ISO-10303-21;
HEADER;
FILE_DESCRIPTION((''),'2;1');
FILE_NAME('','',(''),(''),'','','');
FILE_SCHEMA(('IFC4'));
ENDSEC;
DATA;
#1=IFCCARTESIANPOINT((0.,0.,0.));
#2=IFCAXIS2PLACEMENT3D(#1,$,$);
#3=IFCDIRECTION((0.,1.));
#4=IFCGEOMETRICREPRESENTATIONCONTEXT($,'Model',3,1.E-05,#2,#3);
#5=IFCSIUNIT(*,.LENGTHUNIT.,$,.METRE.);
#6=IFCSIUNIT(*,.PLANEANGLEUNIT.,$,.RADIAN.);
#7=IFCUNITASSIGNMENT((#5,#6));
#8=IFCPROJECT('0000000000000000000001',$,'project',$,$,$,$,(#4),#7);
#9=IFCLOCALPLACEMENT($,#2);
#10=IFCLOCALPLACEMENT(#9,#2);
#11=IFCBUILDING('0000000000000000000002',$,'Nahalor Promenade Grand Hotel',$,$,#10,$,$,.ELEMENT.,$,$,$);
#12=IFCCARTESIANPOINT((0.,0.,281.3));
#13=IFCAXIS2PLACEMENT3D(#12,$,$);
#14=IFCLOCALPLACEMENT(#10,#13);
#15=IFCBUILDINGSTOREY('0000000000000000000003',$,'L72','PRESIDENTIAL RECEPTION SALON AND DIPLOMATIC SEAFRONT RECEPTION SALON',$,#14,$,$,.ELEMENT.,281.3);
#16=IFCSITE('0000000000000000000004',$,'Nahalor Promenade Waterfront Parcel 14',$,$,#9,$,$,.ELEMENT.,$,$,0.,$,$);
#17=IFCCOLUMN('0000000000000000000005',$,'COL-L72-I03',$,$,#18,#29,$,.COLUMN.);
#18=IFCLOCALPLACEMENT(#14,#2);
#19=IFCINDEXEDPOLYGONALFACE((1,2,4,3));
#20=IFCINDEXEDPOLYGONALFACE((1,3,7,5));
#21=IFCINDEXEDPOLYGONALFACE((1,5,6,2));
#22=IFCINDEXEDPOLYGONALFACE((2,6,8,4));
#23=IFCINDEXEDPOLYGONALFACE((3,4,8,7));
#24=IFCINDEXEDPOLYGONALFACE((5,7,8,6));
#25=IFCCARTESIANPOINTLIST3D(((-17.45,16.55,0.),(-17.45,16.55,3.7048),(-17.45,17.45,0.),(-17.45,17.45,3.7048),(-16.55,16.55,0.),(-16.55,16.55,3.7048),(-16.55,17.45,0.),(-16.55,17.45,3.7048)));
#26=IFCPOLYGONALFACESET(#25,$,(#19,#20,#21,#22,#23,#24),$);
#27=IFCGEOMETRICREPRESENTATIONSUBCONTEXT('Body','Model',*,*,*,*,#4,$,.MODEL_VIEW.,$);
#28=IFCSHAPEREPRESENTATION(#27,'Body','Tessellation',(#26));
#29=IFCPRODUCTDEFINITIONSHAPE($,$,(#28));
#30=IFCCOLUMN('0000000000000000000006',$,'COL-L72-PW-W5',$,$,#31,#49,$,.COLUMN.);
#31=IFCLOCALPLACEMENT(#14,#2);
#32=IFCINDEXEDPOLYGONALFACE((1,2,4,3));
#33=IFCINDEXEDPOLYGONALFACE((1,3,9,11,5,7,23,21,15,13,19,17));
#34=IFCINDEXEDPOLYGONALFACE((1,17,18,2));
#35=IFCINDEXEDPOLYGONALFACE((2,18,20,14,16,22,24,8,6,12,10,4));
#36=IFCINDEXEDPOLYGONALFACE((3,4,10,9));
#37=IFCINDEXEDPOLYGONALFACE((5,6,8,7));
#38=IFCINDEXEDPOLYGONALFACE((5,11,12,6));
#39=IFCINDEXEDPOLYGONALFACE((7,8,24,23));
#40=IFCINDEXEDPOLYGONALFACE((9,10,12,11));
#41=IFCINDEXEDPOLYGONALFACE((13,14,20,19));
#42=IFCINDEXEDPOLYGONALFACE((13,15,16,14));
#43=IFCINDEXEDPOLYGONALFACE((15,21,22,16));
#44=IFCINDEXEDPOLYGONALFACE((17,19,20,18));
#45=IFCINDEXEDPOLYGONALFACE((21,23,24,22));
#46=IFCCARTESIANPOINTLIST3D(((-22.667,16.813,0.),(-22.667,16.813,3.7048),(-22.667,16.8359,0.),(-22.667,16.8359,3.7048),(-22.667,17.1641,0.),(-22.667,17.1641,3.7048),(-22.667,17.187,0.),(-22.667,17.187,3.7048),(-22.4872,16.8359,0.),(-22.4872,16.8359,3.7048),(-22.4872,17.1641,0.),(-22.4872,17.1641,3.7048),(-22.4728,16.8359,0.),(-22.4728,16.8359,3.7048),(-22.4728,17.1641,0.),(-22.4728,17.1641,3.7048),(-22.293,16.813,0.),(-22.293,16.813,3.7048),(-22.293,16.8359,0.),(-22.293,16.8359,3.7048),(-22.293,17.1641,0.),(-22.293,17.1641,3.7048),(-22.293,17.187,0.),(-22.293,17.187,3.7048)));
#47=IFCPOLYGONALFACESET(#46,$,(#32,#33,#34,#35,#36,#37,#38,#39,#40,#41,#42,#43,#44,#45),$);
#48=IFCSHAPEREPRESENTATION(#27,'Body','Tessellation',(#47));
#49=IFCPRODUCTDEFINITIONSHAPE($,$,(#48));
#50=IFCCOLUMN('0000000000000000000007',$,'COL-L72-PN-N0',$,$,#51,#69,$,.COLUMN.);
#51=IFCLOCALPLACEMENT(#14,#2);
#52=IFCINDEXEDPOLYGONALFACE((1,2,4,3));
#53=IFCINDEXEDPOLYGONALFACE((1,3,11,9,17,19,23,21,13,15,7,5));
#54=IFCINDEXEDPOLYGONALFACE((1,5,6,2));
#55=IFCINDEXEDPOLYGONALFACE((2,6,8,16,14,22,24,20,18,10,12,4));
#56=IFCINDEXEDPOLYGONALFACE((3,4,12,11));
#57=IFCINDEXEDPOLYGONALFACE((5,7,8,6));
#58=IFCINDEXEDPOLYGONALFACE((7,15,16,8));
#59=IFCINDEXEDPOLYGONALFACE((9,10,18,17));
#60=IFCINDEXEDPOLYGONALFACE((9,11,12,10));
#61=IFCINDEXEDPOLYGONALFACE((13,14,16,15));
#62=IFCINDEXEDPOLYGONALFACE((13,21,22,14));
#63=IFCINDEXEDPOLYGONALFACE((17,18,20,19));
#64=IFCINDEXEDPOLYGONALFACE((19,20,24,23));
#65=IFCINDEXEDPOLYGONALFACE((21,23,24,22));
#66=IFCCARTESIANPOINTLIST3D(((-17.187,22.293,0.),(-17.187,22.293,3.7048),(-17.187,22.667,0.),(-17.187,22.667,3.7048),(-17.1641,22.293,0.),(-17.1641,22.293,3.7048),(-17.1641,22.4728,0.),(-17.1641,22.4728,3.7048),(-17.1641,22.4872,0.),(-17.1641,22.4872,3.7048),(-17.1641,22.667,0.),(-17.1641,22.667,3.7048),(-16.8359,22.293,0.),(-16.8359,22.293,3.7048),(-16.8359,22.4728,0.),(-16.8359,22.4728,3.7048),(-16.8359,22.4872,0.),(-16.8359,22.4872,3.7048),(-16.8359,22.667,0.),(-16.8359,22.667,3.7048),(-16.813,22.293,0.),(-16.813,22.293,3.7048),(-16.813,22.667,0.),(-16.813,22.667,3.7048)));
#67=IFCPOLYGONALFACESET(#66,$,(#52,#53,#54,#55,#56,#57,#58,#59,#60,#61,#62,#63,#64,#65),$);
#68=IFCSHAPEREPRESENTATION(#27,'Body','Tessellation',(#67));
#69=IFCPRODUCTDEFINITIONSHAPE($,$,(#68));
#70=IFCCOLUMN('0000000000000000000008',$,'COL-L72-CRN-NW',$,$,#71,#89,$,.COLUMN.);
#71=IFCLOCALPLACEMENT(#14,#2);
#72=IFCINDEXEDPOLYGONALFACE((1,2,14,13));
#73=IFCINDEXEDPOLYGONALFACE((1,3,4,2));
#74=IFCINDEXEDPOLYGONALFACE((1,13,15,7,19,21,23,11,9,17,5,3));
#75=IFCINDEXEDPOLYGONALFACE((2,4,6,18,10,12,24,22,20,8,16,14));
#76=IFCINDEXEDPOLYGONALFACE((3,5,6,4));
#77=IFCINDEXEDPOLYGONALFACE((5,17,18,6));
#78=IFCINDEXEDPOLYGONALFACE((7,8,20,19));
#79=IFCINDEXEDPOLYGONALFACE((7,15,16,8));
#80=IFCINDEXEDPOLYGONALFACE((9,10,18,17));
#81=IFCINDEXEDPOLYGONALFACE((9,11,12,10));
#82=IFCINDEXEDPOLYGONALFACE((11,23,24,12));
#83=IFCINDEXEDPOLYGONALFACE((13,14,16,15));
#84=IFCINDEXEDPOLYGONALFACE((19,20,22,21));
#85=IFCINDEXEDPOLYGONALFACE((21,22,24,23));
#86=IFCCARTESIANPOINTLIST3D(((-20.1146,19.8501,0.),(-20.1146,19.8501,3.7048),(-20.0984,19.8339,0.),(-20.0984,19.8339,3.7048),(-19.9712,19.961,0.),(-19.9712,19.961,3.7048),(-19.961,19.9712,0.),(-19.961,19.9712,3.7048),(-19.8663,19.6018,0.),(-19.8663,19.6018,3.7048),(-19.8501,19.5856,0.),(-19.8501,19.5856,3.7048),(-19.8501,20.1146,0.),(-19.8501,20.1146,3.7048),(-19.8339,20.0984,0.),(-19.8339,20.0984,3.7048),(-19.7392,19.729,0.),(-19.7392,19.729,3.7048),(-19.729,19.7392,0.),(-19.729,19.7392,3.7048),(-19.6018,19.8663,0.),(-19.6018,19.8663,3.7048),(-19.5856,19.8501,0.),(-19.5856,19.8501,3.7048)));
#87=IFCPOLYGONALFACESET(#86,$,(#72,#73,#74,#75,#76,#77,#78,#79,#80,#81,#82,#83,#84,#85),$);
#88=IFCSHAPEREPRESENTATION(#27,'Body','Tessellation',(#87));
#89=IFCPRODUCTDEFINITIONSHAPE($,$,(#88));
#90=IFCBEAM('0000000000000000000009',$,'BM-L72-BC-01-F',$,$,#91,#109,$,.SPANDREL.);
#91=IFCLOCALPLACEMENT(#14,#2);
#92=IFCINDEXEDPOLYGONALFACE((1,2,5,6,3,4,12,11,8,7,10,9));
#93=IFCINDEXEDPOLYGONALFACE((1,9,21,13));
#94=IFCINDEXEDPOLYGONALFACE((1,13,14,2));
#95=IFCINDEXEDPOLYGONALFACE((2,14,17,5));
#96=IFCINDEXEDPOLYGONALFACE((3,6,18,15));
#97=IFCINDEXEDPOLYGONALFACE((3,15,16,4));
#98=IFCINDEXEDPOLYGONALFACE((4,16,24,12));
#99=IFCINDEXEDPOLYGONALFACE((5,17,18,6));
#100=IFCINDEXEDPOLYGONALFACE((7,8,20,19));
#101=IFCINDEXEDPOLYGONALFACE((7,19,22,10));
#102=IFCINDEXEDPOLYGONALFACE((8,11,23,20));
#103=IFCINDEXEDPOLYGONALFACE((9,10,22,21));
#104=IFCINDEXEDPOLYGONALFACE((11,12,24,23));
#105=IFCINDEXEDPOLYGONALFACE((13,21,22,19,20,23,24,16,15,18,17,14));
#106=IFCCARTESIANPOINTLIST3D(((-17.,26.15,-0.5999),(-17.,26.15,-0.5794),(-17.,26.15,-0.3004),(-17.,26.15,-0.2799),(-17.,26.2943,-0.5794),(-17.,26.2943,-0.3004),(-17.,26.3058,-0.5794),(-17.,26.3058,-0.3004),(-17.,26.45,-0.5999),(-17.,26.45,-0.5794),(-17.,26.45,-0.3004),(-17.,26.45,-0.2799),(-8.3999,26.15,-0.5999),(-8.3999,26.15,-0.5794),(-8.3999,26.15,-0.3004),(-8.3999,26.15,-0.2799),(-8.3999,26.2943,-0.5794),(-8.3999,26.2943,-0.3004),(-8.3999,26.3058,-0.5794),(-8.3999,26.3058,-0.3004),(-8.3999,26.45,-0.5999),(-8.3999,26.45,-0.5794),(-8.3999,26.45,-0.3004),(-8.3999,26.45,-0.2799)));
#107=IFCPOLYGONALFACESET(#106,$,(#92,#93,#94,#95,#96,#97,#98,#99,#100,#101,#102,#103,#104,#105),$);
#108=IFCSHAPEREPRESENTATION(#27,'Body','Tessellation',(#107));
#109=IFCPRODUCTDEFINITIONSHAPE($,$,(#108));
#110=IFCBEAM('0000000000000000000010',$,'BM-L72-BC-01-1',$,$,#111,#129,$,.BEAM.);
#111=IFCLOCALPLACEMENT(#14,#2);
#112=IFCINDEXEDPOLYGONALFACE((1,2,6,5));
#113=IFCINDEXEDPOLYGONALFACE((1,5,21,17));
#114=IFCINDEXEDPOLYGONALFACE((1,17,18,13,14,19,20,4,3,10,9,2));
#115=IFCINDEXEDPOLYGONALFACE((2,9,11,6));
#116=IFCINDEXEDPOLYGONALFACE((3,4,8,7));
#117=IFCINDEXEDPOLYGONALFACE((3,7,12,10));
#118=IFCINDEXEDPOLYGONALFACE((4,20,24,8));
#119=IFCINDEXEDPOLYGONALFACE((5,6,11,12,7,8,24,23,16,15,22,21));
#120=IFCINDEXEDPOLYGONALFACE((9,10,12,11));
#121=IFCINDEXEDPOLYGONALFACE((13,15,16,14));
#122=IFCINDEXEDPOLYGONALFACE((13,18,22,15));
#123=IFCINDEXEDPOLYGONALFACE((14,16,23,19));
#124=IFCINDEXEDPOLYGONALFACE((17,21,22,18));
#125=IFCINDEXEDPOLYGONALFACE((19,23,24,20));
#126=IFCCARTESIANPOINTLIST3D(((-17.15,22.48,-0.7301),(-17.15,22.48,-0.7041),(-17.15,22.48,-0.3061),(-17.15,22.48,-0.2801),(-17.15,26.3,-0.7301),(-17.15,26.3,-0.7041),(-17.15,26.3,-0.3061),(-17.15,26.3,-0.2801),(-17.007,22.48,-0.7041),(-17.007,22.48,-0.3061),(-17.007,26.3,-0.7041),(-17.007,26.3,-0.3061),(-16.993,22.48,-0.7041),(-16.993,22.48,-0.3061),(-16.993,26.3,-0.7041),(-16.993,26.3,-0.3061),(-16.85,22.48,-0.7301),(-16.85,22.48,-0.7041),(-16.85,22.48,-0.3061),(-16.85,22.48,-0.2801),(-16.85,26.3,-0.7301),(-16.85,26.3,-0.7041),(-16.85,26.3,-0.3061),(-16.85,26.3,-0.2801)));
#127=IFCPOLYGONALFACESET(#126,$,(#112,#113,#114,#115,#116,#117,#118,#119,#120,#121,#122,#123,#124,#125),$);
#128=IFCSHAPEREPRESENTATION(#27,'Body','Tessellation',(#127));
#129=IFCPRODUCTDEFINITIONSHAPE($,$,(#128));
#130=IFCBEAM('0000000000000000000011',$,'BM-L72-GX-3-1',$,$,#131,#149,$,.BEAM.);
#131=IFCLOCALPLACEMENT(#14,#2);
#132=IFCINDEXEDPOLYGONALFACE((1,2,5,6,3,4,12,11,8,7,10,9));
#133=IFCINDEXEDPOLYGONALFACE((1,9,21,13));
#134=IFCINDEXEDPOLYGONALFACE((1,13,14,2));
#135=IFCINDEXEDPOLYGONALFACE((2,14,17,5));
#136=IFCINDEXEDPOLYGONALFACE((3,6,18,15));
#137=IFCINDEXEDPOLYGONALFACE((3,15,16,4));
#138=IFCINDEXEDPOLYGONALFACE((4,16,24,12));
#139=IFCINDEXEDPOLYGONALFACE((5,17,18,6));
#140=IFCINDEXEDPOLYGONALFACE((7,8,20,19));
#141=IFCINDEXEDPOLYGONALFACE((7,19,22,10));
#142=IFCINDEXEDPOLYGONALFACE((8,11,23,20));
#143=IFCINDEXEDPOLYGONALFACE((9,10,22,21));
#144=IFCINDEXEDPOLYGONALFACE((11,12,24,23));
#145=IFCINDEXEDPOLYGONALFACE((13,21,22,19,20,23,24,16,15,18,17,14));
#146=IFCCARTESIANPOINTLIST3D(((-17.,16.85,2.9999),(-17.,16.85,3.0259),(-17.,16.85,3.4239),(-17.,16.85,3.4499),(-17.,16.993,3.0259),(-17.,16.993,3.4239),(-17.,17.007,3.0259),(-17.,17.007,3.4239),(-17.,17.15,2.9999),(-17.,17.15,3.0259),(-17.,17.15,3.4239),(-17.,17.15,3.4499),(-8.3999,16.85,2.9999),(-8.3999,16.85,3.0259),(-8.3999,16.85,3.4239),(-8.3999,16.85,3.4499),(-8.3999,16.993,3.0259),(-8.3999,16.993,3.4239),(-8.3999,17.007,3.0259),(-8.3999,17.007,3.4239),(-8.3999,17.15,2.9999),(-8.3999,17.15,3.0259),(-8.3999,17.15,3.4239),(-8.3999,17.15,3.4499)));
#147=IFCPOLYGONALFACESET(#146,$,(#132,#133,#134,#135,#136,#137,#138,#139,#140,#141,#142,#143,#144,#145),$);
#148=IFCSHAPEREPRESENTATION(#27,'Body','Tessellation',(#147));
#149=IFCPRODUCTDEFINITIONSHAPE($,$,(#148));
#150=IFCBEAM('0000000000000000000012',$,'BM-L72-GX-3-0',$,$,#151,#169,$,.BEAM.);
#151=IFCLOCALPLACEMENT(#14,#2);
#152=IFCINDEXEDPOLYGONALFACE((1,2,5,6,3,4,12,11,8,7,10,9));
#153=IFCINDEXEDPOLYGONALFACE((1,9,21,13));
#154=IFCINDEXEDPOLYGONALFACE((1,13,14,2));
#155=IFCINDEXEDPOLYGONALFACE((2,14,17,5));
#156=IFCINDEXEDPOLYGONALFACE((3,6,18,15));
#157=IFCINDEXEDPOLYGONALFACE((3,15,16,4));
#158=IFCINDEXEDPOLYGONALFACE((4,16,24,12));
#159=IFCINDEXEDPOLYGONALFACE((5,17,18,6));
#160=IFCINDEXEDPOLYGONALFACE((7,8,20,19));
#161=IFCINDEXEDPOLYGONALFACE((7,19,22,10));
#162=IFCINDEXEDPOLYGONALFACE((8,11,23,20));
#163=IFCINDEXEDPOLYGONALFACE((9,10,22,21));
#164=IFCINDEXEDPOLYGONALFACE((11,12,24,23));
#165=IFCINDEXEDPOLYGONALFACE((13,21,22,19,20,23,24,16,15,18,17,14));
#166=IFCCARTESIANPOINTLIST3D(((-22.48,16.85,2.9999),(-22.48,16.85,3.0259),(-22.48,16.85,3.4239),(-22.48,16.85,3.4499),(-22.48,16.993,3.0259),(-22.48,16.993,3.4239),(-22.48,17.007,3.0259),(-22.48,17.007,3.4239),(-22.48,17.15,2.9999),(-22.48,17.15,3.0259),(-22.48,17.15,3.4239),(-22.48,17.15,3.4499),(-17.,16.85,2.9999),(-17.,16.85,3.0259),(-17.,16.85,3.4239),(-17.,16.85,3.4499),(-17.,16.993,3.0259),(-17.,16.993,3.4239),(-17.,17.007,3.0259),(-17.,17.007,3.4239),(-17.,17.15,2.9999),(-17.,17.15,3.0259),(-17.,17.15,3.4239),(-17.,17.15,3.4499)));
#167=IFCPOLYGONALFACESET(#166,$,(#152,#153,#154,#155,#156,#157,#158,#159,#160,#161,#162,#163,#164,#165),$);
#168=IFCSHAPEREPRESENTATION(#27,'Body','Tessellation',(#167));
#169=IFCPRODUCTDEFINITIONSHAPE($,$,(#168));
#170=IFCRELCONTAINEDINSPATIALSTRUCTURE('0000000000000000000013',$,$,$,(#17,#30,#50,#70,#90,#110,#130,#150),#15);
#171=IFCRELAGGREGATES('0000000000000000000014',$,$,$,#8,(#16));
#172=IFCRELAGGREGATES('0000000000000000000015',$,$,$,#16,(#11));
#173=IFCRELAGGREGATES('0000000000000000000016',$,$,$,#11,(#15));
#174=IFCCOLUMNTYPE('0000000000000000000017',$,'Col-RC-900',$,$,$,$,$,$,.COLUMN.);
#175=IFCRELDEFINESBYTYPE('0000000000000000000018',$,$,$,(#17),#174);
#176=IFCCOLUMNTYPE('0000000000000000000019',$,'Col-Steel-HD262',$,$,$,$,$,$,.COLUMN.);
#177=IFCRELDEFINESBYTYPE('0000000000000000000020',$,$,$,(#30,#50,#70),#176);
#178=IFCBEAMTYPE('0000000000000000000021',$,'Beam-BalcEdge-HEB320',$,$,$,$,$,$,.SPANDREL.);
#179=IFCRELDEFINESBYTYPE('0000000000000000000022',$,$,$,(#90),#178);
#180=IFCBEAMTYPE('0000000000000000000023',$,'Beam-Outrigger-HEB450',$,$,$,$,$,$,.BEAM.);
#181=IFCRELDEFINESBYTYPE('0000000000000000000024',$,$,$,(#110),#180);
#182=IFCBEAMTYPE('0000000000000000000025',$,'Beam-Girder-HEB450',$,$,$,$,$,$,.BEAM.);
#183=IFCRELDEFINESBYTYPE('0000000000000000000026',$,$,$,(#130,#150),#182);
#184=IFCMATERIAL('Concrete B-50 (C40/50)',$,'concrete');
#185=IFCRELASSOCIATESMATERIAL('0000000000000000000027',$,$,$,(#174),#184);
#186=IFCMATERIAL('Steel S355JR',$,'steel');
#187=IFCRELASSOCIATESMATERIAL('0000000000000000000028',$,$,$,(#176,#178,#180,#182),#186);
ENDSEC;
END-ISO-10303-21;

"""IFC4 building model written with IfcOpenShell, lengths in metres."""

from ifc_helpers import new_model, si_unit, direction, frame, origin, origin_2d, place, context, subcontext, project, spatial, rectangle, i_section, extrude, source, transform, mapped, material, material_profile, profile_set, type_object, element, save


model = new_model("IFC4")

# Units and contexts
model_context = context("Model", 3, precision=1e-05, world=origin(), true_north=direction((0.0, 1.0)))
body_context = subcontext(model_context, "Body", "Model", "MODEL_VIEW")
ifc_project = project(units=[si_unit("LENGTHUNIT", "METRE"), si_unit("PLANEANGLEUNIT", "RADIAN")], contexts=[model_context])

# Site, building, storey
site_placement = place(None, origin())
site = spatial("IfcSite", under=ifc_project, at=site_placement, Name="Nahalor Promenade Waterfront Parcel 14", CompositionType="ELEMENT", RefElevation=0.0)
building_placement = place(site_placement, origin())
building = spatial("IfcBuilding", under=site, at=building_placement, Name="Nahalor Promenade Grand Hotel", CompositionType="ELEMENT")
storey_placement = place(building_placement, frame((0.0, 0.0, 281.3)))
storey = spatial("IfcBuildingStorey", under=building, at=storey_placement, Name="L72", Description="PRESIDENTIAL RECEPTION SALON AND DIPLOMATIC SEAFRONT RECEPTION SALON", CompositionType="ELEMENT", Elevation=281.3)

# Columns
ifc_material_1 = material(Name="Concrete B-50 (C40/50)", Category="concrete")
ifc_material_profile_1 = material_profile(ifc_material_1, rectangle(XDim=0.9, YDim=0.9, at=origin_2d()), Name="RC 900x900")
ifc_profile_set_1 = profile_set([ifc_material_profile_1], Name="Concrete B-50 (C40/50)")
column_type_1 = type_object("IfcColumnType", Name="Col-RC-900", PredefinedType="COLUMN", material=ifc_profile_set_1)
shared_shape_1 = source(origin(), body_context, "Body", "SweptSolid", [
    extrude(rectangle(XDim=0.9, YDim=0.9, at=origin_2d()), origin(), (0.0, 0.0, 1.0), 3.7048),
])
column_placement = place(storey_placement, frame((-17.0, 17.0, 0.0), z_axis=(0.0, 0.0, 1.0), x_axis=(1.0, 0.0, 0.0)))
element("IfcColumn", 1, at=column_placement, inside=storey, type_object=column_type_1, Name="COL-L72-I03", PredefinedType="COLUMN", context=body_context, shape_type="MappedRepresentation", body=[
    mapped(shared_shape_1, transform((0.0, 0.0, 0.0), scale=1.0)),
])
ifc_material_2 = material(Name="Steel S355JR", Category="steel")
ifc_material_profile_2 = material_profile(ifc_material_2, i_section(OverallWidth=0.374, OverallDepth=0.374, WebThickness=0.0144, FlangeThickness=0.0229, at=origin_2d()), Name="HD 360x262")
ifc_profile_set_2 = profile_set([ifc_material_profile_2], Name="Steel S355JR")
column_type_2 = type_object("IfcColumnType", Name="Col-Steel-HD262", PredefinedType="COLUMN", material=ifc_profile_set_2)
shared_shape_2 = source(origin(), body_context, "Body", "SweptSolid", [
    extrude(i_section(OverallWidth=0.374, OverallDepth=0.374, WebThickness=0.0144, FlangeThickness=0.0229, at=origin_2d()), origin(), (0.0, 0.0, 1.0), 3.7048),
])
for number, where, z_axis, x_axis, name in (
    (2, (-22.48, 17.0, 0.0), (0.0, 0.0, 1.0), (1.0, 0.0, 0.0), "COL-L72-PW-W5"),
    (3, (-17.0, 22.48, 0.0), (0.0, 0.0, 1.0), (0.0, 1.0, 0.0), "COL-L72-PN-N0"),
    (4, (-19.8501, 19.8501, 0.0), (0.0, 0.0, 1.0), (0.707107, 0.707107, 0.0), "COL-L72-CRN-NW"),
):
    element("IfcColumn", number, at=place(storey_placement, frame(where, z_axis=z_axis, x_axis=x_axis)), inside=storey, type_object=column_type_2, Name=name, PredefinedType="COLUMN", context=body_context, shape_type="MappedRepresentation", body=[
        mapped(shared_shape_2, transform((0.0, 0.0, 0.0), scale=1.0)),
    ])

# Beams
ifc_material_profile_3 = material_profile(ifc_material_2, i_section(OverallWidth=0.3, OverallDepth=0.32, WebThickness=0.0115, FlangeThickness=0.0205, at=origin_2d()), Name="HEB 320")
ifc_profile_set_3 = profile_set([ifc_material_profile_3], Name="Steel S355JR")
beam_type_1 = type_object("IfcBeamType", Name="Beam-BalcEdge-HEB320", PredefinedType="SPANDREL", material=ifc_profile_set_3)
shared_shape_3 = source(origin(), body_context, "Body", "SweptSolid", [
    extrude(i_section(OverallWidth=0.3, OverallDepth=0.32, WebThickness=0.0115, FlangeThickness=0.0205, at=origin_2d()), origin(), (0.0, 0.0, 1.0), 8.6001),
])
beam_1_placement = place(storey_placement, frame((-17.0, 26.3, -0.4399), z_axis=(1.0, 0.0, 0.0), x_axis=(0.0, 1.0, 0.0)))
element("IfcBeam", 5, at=beam_1_placement, inside=storey, type_object=beam_type_1, Name="BM-L72-BC-01-F", PredefinedType="SPANDREL", context=body_context, shape_type="MappedRepresentation", body=[
    mapped(shared_shape_3, transform((0.0, 0.0, 0.0), scale=1.0)),
])
ifc_material_profile_4 = material_profile(ifc_material_2, i_section(OverallWidth=0.3, OverallDepth=0.45, WebThickness=0.014, FlangeThickness=0.026, at=origin_2d()), Name="HEB 450")
ifc_profile_set_4 = profile_set([ifc_material_profile_4], Name="Steel S355JR")
beam_type_2 = type_object("IfcBeamType", Name="Beam-Outrigger-HEB450", PredefinedType="BEAM", material=ifc_profile_set_4)
shared_shape_4 = source(origin(), body_context, "Body", "SweptSolid", [
    extrude(i_section(OverallWidth=0.3, OverallDepth=0.45, WebThickness=0.014, FlangeThickness=0.026, at=origin_2d()), origin(), (0.0, 0.0, 1.0), 3.8201),
])
beam_2_placement = place(storey_placement, frame((-17.0, 22.48, -0.5051), z_axis=(0.0, 1.0, 0.0), x_axis=(-1.0, 0.0, 0.0)))
element("IfcBeam", 6, at=beam_2_placement, inside=storey, type_object=beam_type_2, Name="BM-L72-BC-01-1", PredefinedType="BEAM", context=body_context, shape_type="MappedRepresentation", body=[
    mapped(shared_shape_4, transform((0.0, 0.0, 0.0), scale=1.0)),
])
ifc_material_profile_5 = material_profile(ifc_material_2, i_section(OverallWidth=0.3, OverallDepth=0.45, WebThickness=0.014, FlangeThickness=0.026, at=origin_2d()), Name="HEB 450")
ifc_profile_set_5 = profile_set([ifc_material_profile_5], Name="Steel S355JR")
beam_type_3 = type_object("IfcBeamType", Name="Beam-Girder-HEB450", PredefinedType="BEAM", material=ifc_profile_set_5)
shared_shape_5 = source(origin(), body_context, "Body", "SweptSolid", [
    extrude(i_section(OverallWidth=0.3, OverallDepth=0.45, WebThickness=0.014, FlangeThickness=0.026, at=origin_2d()), origin(), (0.0, 0.0, 1.0), 8.6001),
])
beam_3_placement = place(storey_placement, frame((-17.0, 17.0, 3.2249), z_axis=(1.0, 0.0, 0.0), x_axis=(0.0, 1.0, 0.0)))
element("IfcBeam", 7, at=beam_3_placement, inside=storey, type_object=beam_type_3, Name="BM-L72-GX-3-1", PredefinedType="BEAM", context=body_context, shape_type="MappedRepresentation", body=[
    mapped(shared_shape_5, transform((0.0, 0.0, 0.0), scale=1.0)),
])
shared_shape_6 = source(origin(), body_context, "Body", "SweptSolid", [
    extrude(i_section(OverallWidth=0.3, OverallDepth=0.45, WebThickness=0.014, FlangeThickness=0.026, at=origin_2d()), origin(), (0.0, 0.0, 1.0), 5.48),
])
for number, where, z_axis, x_axis, name in (
    (8, (-22.48, 17.0, 3.2249), (1.0, 0.0, 0.0), (0.0, 1.0, 0.0), "BM-L72-GX-3-0"),
):
    element("IfcBeam", number, at=place(storey_placement, frame(where, z_axis=z_axis, x_axis=x_axis)), inside=storey, type_object=beam_type_3, Name=name, PredefinedType="BEAM", context=body_context, shape_type="MappedRepresentation", body=[
        mapped(shared_shape_6, transform((0.0, 0.0, 0.0), scale=1.0)),
    ])

save(model, "model.ifc")
